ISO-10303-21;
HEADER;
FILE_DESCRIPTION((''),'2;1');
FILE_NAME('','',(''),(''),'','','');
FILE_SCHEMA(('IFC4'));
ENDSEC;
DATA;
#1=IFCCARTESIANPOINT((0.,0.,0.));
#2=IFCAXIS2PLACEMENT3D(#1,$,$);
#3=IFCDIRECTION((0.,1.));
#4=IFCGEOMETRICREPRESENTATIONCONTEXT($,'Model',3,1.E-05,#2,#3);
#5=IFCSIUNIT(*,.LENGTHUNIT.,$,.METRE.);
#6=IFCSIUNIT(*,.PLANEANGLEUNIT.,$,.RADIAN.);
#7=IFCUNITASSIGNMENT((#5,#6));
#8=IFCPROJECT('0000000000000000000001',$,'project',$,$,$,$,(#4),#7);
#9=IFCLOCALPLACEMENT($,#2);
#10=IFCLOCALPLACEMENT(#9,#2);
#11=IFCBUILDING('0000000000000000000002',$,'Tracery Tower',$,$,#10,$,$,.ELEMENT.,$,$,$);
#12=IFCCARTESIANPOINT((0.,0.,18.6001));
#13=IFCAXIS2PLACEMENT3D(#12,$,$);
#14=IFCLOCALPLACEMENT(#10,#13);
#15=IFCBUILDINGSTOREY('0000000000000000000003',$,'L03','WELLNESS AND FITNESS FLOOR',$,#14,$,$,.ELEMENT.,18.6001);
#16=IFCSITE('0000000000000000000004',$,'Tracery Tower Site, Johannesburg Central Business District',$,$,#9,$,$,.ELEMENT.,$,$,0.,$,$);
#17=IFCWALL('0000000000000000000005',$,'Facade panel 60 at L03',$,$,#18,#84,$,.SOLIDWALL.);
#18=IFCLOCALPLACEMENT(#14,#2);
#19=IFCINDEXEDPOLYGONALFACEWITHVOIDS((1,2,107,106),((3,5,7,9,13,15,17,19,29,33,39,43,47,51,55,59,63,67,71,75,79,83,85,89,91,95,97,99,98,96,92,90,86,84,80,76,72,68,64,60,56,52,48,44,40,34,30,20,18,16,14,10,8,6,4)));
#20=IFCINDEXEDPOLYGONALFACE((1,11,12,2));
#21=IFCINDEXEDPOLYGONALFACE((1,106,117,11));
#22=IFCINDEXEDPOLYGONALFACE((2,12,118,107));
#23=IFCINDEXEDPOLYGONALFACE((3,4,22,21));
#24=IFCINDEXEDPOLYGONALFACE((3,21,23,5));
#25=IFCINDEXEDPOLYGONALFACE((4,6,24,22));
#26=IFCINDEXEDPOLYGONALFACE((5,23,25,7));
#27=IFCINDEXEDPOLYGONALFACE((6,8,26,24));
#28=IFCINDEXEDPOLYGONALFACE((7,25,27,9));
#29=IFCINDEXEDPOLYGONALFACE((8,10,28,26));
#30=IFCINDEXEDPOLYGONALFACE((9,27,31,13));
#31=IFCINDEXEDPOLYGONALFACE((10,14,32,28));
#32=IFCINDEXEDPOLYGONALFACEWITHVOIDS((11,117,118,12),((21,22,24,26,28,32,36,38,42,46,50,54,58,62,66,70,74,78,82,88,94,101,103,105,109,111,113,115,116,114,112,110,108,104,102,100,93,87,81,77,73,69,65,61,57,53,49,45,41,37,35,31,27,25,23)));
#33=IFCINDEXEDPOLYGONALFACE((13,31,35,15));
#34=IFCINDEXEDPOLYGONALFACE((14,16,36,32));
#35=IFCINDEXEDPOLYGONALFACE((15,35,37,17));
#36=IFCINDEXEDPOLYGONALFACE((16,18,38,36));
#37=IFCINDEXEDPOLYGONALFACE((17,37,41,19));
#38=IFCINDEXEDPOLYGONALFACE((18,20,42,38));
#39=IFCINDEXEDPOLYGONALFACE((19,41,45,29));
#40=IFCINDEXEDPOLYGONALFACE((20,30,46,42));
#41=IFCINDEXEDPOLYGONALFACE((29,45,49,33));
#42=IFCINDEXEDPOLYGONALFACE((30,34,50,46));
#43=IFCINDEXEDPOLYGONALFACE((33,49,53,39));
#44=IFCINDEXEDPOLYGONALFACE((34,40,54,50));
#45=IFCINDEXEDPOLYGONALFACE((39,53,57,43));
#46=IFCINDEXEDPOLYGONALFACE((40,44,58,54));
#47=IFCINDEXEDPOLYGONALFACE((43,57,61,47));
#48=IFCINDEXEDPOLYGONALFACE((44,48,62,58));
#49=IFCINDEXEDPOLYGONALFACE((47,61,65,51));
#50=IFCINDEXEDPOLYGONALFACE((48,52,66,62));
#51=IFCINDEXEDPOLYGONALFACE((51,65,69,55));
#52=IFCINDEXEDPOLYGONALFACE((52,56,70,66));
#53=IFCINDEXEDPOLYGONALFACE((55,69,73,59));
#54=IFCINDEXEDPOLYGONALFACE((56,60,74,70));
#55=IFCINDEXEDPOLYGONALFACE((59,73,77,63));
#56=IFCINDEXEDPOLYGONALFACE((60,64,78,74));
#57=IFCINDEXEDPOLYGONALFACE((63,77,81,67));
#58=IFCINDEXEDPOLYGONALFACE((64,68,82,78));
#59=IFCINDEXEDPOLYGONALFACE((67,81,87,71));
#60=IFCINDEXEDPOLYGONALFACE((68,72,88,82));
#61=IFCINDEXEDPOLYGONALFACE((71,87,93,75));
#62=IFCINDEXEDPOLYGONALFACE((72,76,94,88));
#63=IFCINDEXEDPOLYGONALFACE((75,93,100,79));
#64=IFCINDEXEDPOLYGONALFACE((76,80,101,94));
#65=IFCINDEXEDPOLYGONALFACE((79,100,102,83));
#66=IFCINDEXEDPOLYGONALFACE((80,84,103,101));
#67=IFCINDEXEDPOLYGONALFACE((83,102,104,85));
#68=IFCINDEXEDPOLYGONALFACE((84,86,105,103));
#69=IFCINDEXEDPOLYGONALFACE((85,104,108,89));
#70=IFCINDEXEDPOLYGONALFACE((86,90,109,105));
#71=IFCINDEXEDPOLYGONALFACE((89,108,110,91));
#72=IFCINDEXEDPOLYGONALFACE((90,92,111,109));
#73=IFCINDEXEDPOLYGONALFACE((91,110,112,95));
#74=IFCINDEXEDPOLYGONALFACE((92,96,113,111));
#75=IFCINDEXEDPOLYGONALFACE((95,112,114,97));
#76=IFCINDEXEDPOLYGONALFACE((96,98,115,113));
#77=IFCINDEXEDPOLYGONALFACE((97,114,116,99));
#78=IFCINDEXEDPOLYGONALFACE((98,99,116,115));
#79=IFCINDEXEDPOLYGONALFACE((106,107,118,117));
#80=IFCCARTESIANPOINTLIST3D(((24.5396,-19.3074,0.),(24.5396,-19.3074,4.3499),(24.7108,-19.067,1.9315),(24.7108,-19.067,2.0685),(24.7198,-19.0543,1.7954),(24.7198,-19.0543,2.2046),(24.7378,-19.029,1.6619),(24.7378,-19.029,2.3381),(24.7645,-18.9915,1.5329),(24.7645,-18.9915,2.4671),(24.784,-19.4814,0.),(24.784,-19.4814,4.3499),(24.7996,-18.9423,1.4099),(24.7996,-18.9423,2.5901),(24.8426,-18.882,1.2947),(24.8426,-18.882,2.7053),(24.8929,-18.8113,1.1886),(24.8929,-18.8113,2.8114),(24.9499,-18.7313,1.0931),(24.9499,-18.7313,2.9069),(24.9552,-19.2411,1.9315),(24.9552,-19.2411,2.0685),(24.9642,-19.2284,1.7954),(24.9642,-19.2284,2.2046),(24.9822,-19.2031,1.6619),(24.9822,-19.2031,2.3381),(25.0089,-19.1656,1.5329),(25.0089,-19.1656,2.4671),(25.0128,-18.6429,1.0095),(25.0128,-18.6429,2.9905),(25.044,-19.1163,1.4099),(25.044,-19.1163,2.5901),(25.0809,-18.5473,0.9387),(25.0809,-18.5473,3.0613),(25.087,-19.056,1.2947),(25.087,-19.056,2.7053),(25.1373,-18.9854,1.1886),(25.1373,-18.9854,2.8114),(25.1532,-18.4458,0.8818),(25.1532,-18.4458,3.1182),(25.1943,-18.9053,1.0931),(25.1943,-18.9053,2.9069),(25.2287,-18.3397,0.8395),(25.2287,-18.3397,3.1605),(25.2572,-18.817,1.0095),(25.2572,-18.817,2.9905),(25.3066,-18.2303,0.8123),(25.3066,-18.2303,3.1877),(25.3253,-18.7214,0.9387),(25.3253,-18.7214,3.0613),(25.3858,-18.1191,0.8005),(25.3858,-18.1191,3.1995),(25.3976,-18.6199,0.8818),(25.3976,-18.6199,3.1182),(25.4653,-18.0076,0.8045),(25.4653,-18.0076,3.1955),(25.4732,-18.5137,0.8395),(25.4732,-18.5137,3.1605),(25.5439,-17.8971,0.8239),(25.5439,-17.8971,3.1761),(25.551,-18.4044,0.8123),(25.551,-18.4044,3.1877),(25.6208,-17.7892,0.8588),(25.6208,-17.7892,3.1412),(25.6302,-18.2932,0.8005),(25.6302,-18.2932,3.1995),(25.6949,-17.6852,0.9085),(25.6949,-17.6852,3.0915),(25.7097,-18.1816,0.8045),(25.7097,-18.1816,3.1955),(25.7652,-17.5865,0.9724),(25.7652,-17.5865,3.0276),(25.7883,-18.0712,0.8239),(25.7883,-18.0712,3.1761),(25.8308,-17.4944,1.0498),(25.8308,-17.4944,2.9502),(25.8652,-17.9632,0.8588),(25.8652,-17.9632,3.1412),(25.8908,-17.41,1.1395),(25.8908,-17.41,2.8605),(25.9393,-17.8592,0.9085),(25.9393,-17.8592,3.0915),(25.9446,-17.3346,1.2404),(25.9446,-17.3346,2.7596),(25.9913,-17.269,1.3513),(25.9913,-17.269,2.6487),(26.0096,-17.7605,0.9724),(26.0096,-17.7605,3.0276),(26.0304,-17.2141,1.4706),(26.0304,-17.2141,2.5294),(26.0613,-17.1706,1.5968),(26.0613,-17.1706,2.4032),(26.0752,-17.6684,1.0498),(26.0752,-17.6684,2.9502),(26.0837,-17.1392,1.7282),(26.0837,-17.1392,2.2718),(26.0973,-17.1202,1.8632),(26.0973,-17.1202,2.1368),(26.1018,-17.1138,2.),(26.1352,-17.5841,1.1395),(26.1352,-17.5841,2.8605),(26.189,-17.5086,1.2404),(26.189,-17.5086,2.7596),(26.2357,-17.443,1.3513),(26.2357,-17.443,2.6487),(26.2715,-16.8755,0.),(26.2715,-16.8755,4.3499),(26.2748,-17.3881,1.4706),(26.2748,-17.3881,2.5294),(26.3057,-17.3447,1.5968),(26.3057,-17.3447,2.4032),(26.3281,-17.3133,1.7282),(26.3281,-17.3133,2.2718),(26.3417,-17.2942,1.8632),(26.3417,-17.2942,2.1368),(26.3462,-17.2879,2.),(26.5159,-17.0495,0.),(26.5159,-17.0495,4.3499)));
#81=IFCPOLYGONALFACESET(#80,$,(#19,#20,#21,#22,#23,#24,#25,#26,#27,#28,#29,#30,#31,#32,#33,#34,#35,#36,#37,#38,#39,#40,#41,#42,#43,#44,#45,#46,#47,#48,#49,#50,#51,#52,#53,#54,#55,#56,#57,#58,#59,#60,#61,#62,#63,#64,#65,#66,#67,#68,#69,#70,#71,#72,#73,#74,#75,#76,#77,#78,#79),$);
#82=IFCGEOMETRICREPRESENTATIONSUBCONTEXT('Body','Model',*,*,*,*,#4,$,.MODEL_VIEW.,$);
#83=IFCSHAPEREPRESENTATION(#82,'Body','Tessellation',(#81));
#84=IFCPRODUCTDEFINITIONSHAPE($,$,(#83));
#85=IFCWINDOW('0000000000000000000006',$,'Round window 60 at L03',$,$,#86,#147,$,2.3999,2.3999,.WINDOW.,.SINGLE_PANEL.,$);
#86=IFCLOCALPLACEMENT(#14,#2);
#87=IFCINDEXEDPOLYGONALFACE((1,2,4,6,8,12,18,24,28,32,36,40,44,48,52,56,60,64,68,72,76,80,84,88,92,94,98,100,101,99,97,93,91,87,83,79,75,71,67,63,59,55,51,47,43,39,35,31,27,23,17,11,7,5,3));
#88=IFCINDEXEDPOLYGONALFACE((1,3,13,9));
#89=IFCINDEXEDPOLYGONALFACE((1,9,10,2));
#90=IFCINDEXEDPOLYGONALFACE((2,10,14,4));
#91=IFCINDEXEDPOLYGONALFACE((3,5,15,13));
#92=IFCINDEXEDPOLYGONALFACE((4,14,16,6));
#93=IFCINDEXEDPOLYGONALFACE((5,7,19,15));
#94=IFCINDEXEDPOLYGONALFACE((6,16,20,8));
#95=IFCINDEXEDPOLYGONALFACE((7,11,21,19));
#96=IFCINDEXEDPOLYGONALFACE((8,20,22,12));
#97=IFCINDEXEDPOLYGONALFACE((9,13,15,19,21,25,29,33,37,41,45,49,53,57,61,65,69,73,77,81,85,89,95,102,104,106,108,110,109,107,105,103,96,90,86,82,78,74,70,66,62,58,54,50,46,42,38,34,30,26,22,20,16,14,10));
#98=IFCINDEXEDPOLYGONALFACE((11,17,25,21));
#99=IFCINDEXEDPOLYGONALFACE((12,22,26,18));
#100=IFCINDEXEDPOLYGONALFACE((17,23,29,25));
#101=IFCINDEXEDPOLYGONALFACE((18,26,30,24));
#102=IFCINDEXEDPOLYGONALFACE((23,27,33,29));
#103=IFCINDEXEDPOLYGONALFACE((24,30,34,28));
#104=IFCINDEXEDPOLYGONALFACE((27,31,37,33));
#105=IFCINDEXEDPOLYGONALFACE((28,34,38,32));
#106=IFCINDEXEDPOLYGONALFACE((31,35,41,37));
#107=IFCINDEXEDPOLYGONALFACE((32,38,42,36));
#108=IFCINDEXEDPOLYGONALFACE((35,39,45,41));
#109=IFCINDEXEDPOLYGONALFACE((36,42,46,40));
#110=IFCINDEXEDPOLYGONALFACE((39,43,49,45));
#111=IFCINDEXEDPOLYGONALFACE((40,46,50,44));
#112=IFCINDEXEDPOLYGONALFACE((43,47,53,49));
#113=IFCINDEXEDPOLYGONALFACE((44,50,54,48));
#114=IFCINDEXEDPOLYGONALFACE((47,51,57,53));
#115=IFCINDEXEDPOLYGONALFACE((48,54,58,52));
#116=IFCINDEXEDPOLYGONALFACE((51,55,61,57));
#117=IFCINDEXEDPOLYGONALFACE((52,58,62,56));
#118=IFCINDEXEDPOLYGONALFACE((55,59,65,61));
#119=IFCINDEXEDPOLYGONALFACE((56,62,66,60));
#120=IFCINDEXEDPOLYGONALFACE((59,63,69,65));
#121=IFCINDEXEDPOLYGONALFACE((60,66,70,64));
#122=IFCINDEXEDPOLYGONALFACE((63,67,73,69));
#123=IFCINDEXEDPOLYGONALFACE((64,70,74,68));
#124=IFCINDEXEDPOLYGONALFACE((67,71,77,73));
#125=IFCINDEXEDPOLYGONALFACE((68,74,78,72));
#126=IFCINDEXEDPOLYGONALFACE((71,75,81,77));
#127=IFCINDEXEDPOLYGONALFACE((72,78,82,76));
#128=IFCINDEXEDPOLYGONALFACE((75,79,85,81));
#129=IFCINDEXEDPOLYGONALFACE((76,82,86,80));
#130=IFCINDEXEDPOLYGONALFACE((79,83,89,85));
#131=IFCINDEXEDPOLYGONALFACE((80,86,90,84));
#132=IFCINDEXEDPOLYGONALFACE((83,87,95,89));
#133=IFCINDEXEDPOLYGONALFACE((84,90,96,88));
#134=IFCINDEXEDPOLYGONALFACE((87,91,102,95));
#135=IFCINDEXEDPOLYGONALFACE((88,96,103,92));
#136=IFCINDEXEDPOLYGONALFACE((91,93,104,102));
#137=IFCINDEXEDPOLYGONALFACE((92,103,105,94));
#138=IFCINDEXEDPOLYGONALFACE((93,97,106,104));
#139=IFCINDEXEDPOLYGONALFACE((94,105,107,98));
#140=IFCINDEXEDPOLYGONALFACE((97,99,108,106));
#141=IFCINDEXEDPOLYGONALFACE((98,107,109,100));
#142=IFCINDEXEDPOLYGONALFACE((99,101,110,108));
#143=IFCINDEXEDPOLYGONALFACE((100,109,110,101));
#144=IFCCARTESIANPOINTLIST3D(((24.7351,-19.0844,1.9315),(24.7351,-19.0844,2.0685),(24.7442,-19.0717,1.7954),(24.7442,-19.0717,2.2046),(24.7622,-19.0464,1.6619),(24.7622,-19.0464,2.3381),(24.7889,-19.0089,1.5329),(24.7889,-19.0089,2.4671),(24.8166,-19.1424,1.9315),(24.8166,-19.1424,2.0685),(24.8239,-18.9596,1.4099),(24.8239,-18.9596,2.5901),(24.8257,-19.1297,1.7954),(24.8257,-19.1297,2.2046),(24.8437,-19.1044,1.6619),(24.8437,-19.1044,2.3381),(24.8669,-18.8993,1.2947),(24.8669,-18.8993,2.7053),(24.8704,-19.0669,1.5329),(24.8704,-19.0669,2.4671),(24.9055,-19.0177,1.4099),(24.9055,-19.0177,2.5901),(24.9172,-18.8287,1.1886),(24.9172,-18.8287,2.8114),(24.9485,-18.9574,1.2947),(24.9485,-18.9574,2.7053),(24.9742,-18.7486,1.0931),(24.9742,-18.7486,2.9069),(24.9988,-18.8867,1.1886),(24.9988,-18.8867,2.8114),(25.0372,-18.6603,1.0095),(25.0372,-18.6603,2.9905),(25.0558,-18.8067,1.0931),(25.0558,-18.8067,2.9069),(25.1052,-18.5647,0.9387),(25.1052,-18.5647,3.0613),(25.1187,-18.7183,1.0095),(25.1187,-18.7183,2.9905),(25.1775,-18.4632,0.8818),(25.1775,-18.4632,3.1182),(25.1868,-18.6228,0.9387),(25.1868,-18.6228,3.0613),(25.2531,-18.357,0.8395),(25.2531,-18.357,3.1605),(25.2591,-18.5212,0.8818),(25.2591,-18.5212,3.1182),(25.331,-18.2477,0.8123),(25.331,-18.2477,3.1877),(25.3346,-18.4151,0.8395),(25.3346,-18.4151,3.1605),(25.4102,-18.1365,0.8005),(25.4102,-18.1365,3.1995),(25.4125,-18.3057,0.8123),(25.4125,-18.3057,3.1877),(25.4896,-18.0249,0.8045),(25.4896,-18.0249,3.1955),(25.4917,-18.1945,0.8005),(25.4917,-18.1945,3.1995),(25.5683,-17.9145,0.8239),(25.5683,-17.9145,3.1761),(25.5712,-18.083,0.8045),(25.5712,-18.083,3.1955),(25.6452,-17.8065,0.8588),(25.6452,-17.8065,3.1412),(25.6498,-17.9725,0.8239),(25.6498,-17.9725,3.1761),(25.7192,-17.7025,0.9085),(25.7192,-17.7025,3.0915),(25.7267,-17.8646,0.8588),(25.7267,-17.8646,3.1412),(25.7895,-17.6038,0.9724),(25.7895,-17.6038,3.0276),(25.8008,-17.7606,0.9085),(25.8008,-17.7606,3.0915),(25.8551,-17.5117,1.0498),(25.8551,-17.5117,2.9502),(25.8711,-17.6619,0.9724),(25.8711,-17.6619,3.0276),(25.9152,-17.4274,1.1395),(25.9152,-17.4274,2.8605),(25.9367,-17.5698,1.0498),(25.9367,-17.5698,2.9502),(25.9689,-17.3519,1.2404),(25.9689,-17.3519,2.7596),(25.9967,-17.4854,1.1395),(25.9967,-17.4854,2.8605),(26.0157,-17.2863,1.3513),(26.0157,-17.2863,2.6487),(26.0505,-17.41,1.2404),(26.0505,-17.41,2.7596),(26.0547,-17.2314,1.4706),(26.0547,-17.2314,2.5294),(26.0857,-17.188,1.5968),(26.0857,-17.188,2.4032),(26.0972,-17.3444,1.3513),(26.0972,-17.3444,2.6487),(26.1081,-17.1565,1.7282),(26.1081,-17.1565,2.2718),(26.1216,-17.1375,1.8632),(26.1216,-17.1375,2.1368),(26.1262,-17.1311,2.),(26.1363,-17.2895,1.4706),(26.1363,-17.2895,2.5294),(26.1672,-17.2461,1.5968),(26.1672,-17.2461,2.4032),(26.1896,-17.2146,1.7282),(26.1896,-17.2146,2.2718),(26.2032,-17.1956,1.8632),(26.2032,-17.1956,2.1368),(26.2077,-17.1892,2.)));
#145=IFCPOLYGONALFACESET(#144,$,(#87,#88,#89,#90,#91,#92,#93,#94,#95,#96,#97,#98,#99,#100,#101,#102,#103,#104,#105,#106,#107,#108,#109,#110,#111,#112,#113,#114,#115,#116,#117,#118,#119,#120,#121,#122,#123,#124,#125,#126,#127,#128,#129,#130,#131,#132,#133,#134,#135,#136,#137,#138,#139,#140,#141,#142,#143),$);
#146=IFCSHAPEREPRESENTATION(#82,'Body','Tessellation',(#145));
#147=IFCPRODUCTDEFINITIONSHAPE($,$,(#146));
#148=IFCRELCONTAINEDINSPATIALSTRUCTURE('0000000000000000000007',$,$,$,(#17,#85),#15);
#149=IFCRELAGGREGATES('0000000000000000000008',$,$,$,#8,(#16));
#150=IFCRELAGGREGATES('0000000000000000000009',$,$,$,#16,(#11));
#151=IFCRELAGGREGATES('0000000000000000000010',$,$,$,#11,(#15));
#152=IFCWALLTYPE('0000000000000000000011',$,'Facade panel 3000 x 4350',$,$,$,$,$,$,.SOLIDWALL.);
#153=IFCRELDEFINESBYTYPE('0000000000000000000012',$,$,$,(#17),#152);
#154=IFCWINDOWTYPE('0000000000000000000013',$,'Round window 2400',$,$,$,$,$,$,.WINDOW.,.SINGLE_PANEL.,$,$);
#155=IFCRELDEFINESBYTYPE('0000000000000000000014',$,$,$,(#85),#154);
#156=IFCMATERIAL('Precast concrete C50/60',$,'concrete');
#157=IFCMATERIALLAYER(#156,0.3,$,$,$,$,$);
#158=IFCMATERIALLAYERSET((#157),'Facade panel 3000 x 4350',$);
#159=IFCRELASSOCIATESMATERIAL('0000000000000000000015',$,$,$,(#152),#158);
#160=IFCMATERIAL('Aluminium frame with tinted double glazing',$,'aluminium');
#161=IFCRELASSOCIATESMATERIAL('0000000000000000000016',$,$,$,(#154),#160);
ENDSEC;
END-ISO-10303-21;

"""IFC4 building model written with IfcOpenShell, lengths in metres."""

from ifc_helpers import new_model, si_unit, direction, frame, frame_2d, origin, origin_2d, place, context, subcontext, project, spatial, rectangle, circle, extrude, material, layer, layer_set, type_object, element, fill, save


model = new_model("IFC4")

# Units and contexts
model_context = context("Model", 3, precision=1e-05, world=origin(), true_north=direction((0.0, 1.0)))
body_context = subcontext(model_context, "Body", "Model", "MODEL_VIEW")
ifc_project = project(units=[si_unit("LENGTHUNIT", "METRE"), si_unit("PLANEANGLEUNIT", "RADIAN")], contexts=[model_context])

# Site, building, storey
site_placement = place(None, origin())
site = spatial("IfcSite", under=ifc_project, at=site_placement, Name="Tracery Tower Site, Johannesburg Central Business District", CompositionType="ELEMENT", RefElevation=0.0)
building_placement = place(site_placement, origin())
building = spatial("IfcBuilding", under=site, at=building_placement, Name="Tracery Tower", CompositionType="ELEMENT")
storey_placement = place(building_placement, frame((0.0, 0.0, 18.6001)))
storey = spatial("IfcBuildingStorey", under=building, at=storey_placement, Name="L03", Description="WELLNESS AND FITNESS FLOOR", CompositionType="ELEMENT", Elevation=18.6001)

# Wall, opening, window
ifc_material_1 = material(Name="Precast concrete C50/60", Category="concrete")
ifc_layer_1 = layer(ifc_material_1, 0.3)
ifc_layer_set_1 = layer_set([ifc_layer_1], Name="Facade panel 3000 x 4350")
wall_type_1 = type_object("IfcWallType", Name="Facade panel 3000 x 4350", PredefinedType="SOLIDWALL", material=ifc_layer_set_1)
ifc_material_2 = material(Name="Aluminium frame with tinted double glazing", Category="aluminium")
window_type = type_object("IfcWindowType", Name="Round window 2400", PartitioningType="SINGLE_PANEL", PredefinedType="WINDOW", material=ifc_material_2)
wall_1_placement = place(storey_placement, frame((24.6619, -19.3943, 0.0), z_axis=(0.0, 0.0, 1.0), x_axis=(0.580101, 0.814545, 0.0)))
wall_1 = element("IfcWall", 1, at=wall_1_placement, inside=storey, type_object=wall_type_1, Name="Facade panel 60 at L03", PredefinedType="SOLIDWALL", context=body_context, shape_type="SweptSolid", body=[
    extrude(rectangle(XDim=2.9856, YDim=0.3, at=frame_2d((1.4927, 0.0))), origin(), (0.0, 0.0, 1.0), 4.3499),
])
opening_1_placement = place(wall_1_placement, frame((1.4929, 0.0, 2.0)))
opening_1 = element("IfcOpeningElement", 2, at=opening_1_placement, cuts=wall_1, PredefinedType="OPENING", context=body_context, shape_type="SweptSolid", body=[
    extrude(circle(Radius=1.2, at=origin_2d()), frame((0.0, 0.1599, 0.0), z_axis=(0.0, -1.0, 0.0), x_axis=(1.0, 0.0, 0.0)), (0.0, 0.0, 1.0), 0.3201),
])
window_1_placement = place(opening_1_placement, origin())
window_1 = element("IfcWindow", 3, at=window_1_placement, inside=storey, type_object=window_type, Name="Round window 60 at L03", OverallHeight=2.3999, OverallWidth=2.3999, PartitioningType="SINGLE_PANEL", PredefinedType="WINDOW", context=body_context, shape_type="SweptSolid", body=[
    extrude(circle(Radius=1.2, at=origin_2d()), frame((0.0, 0.1201, 0.0), z_axis=(0.0, -1.0, 0.0), x_axis=(1.0, 0.0, 0.0)), (0.0, 0.0, 1.0), 0.1001),
])
fill(opening_1, window_1)

save(model, "model.ifc")
